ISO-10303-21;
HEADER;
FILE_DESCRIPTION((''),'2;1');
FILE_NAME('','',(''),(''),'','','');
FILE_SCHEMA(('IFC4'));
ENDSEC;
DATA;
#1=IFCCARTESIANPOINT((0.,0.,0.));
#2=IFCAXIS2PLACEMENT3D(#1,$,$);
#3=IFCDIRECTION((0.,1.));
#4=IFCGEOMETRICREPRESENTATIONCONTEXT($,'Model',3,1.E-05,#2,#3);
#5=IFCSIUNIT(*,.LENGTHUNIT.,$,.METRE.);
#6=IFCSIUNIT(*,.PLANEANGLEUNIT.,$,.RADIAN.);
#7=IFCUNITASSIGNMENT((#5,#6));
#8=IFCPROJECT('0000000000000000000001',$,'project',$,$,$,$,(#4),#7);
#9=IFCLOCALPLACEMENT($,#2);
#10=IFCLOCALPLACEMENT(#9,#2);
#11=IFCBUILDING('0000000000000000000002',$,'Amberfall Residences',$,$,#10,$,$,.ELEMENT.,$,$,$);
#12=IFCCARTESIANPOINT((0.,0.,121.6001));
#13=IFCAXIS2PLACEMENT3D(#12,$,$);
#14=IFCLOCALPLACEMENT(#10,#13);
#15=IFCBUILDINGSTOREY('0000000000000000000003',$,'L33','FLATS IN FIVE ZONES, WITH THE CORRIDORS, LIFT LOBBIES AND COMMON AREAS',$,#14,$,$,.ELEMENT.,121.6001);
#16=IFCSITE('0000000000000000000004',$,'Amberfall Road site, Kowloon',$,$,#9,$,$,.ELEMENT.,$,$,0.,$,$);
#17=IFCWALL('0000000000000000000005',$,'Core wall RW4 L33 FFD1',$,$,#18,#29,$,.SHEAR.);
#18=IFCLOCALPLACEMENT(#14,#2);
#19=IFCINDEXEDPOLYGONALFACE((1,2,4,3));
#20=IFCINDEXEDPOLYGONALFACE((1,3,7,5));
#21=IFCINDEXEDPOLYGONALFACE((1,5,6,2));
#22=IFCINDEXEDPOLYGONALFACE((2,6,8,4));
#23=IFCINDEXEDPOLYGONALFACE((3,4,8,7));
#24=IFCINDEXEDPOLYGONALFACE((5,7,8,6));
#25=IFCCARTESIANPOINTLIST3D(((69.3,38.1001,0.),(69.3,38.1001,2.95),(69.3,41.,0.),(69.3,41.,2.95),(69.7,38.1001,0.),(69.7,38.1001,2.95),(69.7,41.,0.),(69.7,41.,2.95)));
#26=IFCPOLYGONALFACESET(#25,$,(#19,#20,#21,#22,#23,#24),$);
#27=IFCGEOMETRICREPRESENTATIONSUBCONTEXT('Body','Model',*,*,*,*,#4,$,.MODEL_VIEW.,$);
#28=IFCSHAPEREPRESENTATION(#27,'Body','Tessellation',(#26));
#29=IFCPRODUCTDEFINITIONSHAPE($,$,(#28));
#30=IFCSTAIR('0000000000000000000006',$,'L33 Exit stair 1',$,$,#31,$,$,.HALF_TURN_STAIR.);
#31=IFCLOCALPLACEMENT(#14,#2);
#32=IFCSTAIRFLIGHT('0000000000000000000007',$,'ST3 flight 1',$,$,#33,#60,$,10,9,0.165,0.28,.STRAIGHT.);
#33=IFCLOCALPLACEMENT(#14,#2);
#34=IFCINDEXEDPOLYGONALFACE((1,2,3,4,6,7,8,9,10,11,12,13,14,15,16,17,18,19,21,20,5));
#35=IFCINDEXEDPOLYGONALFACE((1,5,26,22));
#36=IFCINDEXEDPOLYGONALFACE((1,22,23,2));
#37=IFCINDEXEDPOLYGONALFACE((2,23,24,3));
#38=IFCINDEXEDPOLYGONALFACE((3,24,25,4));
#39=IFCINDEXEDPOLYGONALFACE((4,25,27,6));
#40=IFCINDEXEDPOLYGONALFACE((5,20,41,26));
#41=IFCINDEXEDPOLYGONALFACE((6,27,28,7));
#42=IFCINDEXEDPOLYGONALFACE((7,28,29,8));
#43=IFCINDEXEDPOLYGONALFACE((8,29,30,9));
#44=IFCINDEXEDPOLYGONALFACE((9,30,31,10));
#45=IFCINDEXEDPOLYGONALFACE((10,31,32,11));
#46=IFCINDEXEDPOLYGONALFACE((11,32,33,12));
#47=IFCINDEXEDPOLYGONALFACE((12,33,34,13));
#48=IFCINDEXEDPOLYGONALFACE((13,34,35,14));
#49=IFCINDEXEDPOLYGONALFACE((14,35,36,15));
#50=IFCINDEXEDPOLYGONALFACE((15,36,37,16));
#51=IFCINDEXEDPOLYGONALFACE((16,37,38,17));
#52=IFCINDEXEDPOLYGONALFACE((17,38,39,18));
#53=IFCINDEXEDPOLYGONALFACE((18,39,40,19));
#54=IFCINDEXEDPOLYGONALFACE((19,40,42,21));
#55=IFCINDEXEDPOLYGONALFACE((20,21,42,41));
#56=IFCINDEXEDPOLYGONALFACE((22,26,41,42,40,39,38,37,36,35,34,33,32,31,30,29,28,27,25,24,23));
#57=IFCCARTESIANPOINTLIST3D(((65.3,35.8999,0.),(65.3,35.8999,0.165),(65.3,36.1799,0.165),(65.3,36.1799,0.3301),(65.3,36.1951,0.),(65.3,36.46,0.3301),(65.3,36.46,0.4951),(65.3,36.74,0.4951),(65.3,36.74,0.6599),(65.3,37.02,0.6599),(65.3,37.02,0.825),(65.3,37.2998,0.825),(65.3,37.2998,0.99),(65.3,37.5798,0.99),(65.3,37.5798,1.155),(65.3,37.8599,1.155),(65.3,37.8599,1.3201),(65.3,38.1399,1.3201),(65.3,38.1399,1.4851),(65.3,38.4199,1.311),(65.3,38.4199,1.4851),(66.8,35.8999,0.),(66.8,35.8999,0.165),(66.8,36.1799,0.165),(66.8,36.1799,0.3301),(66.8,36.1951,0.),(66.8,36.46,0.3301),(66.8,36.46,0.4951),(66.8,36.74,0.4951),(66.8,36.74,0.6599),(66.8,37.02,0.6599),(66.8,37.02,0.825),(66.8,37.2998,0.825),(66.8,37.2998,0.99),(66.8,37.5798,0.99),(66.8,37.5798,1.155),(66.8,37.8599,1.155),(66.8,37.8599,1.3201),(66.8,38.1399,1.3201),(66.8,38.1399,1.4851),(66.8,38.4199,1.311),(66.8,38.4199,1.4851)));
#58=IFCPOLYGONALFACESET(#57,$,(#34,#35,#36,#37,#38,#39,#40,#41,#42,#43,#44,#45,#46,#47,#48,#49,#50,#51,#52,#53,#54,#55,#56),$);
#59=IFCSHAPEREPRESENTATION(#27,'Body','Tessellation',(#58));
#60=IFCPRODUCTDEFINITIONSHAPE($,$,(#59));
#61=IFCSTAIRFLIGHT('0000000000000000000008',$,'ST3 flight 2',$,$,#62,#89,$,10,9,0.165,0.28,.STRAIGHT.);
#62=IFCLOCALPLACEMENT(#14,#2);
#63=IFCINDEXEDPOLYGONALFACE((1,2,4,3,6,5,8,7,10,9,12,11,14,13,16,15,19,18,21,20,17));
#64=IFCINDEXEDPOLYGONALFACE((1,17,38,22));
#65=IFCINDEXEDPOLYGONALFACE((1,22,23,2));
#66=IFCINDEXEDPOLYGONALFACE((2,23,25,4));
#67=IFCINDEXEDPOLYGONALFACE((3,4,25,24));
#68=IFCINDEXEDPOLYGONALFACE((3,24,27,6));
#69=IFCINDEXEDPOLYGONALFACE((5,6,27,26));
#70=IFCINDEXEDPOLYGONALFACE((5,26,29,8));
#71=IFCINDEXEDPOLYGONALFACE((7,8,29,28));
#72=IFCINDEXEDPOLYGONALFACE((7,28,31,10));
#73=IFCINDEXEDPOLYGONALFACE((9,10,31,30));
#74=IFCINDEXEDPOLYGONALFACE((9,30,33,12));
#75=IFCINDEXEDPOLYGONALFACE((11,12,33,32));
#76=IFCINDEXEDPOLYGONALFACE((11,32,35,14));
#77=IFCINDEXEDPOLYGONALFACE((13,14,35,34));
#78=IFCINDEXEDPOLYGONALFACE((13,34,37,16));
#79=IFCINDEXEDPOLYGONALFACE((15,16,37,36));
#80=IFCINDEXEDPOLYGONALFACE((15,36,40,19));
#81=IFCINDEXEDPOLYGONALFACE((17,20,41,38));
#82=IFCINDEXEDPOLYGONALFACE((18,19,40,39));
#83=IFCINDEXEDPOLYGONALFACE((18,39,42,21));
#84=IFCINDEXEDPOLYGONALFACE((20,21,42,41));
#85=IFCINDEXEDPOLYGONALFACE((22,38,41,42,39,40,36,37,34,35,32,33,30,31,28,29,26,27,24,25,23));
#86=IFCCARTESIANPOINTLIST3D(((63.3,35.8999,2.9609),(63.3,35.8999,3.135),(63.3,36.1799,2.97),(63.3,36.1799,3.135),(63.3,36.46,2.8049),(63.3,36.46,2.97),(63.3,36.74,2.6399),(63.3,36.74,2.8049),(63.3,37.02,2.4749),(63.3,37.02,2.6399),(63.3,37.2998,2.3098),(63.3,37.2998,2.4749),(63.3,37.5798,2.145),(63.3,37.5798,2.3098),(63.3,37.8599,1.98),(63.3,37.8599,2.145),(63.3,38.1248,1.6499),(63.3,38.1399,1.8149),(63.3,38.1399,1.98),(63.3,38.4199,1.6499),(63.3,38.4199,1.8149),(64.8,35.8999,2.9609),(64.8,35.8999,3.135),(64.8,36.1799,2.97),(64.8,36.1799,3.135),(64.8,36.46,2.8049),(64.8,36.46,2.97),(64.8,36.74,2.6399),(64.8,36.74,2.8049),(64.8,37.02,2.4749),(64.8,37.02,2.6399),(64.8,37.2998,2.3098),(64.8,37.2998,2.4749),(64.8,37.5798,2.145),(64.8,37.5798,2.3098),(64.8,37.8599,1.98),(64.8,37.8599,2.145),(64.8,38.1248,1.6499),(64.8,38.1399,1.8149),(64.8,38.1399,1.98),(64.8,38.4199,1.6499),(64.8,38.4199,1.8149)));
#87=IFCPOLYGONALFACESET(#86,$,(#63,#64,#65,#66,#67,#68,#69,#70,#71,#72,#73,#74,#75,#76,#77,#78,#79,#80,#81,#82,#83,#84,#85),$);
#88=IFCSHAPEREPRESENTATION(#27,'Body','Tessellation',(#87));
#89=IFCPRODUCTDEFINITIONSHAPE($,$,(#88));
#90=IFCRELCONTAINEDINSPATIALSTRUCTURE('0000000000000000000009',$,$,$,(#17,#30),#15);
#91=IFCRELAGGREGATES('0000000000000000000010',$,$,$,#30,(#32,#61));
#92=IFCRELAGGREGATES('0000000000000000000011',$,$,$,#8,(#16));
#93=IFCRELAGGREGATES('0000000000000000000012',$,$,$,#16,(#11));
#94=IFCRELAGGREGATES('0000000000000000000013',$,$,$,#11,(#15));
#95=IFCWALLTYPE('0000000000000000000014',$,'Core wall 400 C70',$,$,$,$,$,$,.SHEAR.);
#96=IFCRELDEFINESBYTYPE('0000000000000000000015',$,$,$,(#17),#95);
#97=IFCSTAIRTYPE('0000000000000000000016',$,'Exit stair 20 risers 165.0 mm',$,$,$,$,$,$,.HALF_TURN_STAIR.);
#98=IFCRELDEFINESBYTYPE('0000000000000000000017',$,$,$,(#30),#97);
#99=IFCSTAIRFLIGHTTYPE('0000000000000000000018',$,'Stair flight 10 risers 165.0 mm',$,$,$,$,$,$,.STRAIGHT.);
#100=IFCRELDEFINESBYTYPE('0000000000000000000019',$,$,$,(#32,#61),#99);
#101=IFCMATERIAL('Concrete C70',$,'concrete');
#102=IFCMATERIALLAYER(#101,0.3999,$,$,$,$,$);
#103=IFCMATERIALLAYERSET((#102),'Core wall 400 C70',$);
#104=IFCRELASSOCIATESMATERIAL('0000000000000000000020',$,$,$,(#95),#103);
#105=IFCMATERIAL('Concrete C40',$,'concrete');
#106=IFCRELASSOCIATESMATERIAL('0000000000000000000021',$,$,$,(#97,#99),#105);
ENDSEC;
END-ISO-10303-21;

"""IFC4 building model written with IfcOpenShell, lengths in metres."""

from ifc_helpers import new_model, si_unit, direction, frame, frame_2d, origin, place, context, subcontext, project, spatial, polyline, rectangle, outline, extrude, material, layer, layer_set, type_object, element, aggregate, save


model = new_model("IFC4")

# Units and contexts
model_context = context("Model", 3, precision=1e-05, world=origin(), true_north=direction((0.0, 1.0)))
body_context = subcontext(model_context, "Body", "Model", "MODEL_VIEW")
ifc_project = project(units=[si_unit("LENGTHUNIT", "METRE"), si_unit("PLANEANGLEUNIT", "RADIAN")], contexts=[model_context])

# Site, building, storey
site_placement = place(None, origin())
site = spatial("IfcSite", under=ifc_project, at=site_placement, Name="Amberfall Road site, Kowloon", CompositionType="ELEMENT", RefElevation=0.0)
building_placement = place(site_placement, origin())
building = spatial("IfcBuilding", under=site, at=building_placement, Name="Amberfall Residences", CompositionType="ELEMENT")
storey_placement = place(building_placement, frame((0.0, 0.0, 121.6001)))
storey = spatial("IfcBuildingStorey", under=building, at=storey_placement, Name="L33", Description="FLATS IN FIVE ZONES, WITH THE CORRIDORS, LIFT LOBBIES AND COMMON AREAS", CompositionType="ELEMENT", Elevation=121.6001)

# Shared definitions
ifc_material_1 = material(Name="Concrete C70", Category="concrete")
ifc_layer = layer(ifc_material_1, 0.3999)
ifc_layer_set = layer_set([ifc_layer], Name="Core wall 400 C70")
wall_type = type_object("IfcWallType", Name="Core wall 400 C70", PredefinedType="SHEAR", material=ifc_layer_set)

# Wall
wall_1_placement = place(storey_placement, frame((69.5, 38.1001, 0.0), z_axis=(0.0, 0.0, 1.0), x_axis=(0.0, 1.0, 0.0)))
element("IfcWall", 1, at=wall_1_placement, inside=storey, type_object=wall_type, Name="Core wall RW4 L33 FFD1", PredefinedType="SHEAR", context=body_context, shape_type="SweptSolid", body=[
    extrude(rectangle(XDim=2.8999, YDim=0.3999, at=frame_2d((1.45, 0.0))), origin(), (0.0, 0.0, 1.0), 2.95),
])

# Stair, stair flights
ifc_material_2 = material(Name="Concrete C40", Category="concrete")
stair_type = type_object("IfcStairType", Name="Exit stair 20 risers 165.0 mm", PredefinedType="HALF_TURN_STAIR", material=ifc_material_2)
stair_placement = place(storey_placement, origin())
stair = element("IfcStair", 2, at=stair_placement, inside=storey, type_object=stair_type, Name="L33 Exit stair 1", PredefinedType="HALF_TURN_STAIR")
stair_flight_type = type_object("IfcStairFlightType", Name="Stair flight 10 risers 165.0 mm", PredefinedType="STRAIGHT", material=ifc_material_2)
stair_flight_1_placement = place(storey_placement, frame((66.05, 35.8999, 0.0), z_axis=(0.0, 0.0, 1.0), x_axis=(0.0, 1.0, 0.0)))
stair_flight_1 = element("IfcStairFlight", 3, at=stair_flight_1_placement, type_object=stair_flight_type, Name="ST3 flight 1", NumberOfRisers=10, NumberOfTreads=9, PredefinedType="STRAIGHT", RiserHeight=0.165, TreadLength=0.28, context=body_context, shape_type="SweptSolid", body=[
    extrude(outline(polyline([(0.0, 0.0), (0.0, 0.165), (0.28, 0.165), (0.28, 0.3301), (0.5601, 0.3301), (0.5601, 0.4951), (0.8401, 0.4951), (0.8401, 0.6599), (1.1201, 0.6599), (1.1201, 0.825), (1.3999, 0.825), (1.3999, 0.99), (1.6799, 0.99), (1.6799, 1.155), (1.96, 1.155), (1.96, 1.3201), (2.24, 1.3201), (2.24, 1.4851), (2.52, 1.4851), (2.52, 1.6499), (2.52, 1.311), (0.2952, 0.0), (0.0, 0.0)])), frame((0.0, 0.75, 0.0), z_axis=(0.0, -1.0, 0.0), x_axis=(1.0, 0.0, 0.0)), (0.0, 0.0, 1.0), 1.5),
])
stair_flight_2_placement = place(storey_placement, frame((64.05, 38.4199, 1.6499), z_axis=(0.0, 0.0, 1.0), x_axis=(0.0, -1.0, 0.0)))
stair_flight_2 = element("IfcStairFlight", 4, at=stair_flight_2_placement, type_object=stair_flight_type, Name="ST3 flight 2", NumberOfRisers=10, NumberOfTreads=9, PredefinedType="STRAIGHT", RiserHeight=0.165, TreadLength=0.28, context=body_context, shape_type="SweptSolid", body=[
    extrude(outline(polyline([(0.0, 0.0), (0.0, 0.165), (0.28, 0.165), (0.28, 0.3301), (0.5601, 0.3301), (0.5601, 0.4951), (0.8401, 0.4951), (0.8401, 0.6599), (1.1201, 0.6599), (1.1201, 0.825), (1.3999, 0.825), (1.3999, 0.99), (1.6799, 0.99), (1.6799, 1.155), (1.96, 1.155), (1.96, 1.3201), (2.24, 1.3201), (2.24, 1.4851), (2.52, 1.4851), (2.52, 1.6499), (2.52, 1.311), (0.2952, 0.0), (0.0, 0.0)])), frame((0.0, 0.75, 0.0), z_axis=(0.0, -1.0, 0.0), x_axis=(1.0, 0.0, 0.0)), (0.0, 0.0, 1.0), 1.5),
])
aggregate(stair, [stair_flight_1, stair_flight_2])

save(model, "model.ifc")
